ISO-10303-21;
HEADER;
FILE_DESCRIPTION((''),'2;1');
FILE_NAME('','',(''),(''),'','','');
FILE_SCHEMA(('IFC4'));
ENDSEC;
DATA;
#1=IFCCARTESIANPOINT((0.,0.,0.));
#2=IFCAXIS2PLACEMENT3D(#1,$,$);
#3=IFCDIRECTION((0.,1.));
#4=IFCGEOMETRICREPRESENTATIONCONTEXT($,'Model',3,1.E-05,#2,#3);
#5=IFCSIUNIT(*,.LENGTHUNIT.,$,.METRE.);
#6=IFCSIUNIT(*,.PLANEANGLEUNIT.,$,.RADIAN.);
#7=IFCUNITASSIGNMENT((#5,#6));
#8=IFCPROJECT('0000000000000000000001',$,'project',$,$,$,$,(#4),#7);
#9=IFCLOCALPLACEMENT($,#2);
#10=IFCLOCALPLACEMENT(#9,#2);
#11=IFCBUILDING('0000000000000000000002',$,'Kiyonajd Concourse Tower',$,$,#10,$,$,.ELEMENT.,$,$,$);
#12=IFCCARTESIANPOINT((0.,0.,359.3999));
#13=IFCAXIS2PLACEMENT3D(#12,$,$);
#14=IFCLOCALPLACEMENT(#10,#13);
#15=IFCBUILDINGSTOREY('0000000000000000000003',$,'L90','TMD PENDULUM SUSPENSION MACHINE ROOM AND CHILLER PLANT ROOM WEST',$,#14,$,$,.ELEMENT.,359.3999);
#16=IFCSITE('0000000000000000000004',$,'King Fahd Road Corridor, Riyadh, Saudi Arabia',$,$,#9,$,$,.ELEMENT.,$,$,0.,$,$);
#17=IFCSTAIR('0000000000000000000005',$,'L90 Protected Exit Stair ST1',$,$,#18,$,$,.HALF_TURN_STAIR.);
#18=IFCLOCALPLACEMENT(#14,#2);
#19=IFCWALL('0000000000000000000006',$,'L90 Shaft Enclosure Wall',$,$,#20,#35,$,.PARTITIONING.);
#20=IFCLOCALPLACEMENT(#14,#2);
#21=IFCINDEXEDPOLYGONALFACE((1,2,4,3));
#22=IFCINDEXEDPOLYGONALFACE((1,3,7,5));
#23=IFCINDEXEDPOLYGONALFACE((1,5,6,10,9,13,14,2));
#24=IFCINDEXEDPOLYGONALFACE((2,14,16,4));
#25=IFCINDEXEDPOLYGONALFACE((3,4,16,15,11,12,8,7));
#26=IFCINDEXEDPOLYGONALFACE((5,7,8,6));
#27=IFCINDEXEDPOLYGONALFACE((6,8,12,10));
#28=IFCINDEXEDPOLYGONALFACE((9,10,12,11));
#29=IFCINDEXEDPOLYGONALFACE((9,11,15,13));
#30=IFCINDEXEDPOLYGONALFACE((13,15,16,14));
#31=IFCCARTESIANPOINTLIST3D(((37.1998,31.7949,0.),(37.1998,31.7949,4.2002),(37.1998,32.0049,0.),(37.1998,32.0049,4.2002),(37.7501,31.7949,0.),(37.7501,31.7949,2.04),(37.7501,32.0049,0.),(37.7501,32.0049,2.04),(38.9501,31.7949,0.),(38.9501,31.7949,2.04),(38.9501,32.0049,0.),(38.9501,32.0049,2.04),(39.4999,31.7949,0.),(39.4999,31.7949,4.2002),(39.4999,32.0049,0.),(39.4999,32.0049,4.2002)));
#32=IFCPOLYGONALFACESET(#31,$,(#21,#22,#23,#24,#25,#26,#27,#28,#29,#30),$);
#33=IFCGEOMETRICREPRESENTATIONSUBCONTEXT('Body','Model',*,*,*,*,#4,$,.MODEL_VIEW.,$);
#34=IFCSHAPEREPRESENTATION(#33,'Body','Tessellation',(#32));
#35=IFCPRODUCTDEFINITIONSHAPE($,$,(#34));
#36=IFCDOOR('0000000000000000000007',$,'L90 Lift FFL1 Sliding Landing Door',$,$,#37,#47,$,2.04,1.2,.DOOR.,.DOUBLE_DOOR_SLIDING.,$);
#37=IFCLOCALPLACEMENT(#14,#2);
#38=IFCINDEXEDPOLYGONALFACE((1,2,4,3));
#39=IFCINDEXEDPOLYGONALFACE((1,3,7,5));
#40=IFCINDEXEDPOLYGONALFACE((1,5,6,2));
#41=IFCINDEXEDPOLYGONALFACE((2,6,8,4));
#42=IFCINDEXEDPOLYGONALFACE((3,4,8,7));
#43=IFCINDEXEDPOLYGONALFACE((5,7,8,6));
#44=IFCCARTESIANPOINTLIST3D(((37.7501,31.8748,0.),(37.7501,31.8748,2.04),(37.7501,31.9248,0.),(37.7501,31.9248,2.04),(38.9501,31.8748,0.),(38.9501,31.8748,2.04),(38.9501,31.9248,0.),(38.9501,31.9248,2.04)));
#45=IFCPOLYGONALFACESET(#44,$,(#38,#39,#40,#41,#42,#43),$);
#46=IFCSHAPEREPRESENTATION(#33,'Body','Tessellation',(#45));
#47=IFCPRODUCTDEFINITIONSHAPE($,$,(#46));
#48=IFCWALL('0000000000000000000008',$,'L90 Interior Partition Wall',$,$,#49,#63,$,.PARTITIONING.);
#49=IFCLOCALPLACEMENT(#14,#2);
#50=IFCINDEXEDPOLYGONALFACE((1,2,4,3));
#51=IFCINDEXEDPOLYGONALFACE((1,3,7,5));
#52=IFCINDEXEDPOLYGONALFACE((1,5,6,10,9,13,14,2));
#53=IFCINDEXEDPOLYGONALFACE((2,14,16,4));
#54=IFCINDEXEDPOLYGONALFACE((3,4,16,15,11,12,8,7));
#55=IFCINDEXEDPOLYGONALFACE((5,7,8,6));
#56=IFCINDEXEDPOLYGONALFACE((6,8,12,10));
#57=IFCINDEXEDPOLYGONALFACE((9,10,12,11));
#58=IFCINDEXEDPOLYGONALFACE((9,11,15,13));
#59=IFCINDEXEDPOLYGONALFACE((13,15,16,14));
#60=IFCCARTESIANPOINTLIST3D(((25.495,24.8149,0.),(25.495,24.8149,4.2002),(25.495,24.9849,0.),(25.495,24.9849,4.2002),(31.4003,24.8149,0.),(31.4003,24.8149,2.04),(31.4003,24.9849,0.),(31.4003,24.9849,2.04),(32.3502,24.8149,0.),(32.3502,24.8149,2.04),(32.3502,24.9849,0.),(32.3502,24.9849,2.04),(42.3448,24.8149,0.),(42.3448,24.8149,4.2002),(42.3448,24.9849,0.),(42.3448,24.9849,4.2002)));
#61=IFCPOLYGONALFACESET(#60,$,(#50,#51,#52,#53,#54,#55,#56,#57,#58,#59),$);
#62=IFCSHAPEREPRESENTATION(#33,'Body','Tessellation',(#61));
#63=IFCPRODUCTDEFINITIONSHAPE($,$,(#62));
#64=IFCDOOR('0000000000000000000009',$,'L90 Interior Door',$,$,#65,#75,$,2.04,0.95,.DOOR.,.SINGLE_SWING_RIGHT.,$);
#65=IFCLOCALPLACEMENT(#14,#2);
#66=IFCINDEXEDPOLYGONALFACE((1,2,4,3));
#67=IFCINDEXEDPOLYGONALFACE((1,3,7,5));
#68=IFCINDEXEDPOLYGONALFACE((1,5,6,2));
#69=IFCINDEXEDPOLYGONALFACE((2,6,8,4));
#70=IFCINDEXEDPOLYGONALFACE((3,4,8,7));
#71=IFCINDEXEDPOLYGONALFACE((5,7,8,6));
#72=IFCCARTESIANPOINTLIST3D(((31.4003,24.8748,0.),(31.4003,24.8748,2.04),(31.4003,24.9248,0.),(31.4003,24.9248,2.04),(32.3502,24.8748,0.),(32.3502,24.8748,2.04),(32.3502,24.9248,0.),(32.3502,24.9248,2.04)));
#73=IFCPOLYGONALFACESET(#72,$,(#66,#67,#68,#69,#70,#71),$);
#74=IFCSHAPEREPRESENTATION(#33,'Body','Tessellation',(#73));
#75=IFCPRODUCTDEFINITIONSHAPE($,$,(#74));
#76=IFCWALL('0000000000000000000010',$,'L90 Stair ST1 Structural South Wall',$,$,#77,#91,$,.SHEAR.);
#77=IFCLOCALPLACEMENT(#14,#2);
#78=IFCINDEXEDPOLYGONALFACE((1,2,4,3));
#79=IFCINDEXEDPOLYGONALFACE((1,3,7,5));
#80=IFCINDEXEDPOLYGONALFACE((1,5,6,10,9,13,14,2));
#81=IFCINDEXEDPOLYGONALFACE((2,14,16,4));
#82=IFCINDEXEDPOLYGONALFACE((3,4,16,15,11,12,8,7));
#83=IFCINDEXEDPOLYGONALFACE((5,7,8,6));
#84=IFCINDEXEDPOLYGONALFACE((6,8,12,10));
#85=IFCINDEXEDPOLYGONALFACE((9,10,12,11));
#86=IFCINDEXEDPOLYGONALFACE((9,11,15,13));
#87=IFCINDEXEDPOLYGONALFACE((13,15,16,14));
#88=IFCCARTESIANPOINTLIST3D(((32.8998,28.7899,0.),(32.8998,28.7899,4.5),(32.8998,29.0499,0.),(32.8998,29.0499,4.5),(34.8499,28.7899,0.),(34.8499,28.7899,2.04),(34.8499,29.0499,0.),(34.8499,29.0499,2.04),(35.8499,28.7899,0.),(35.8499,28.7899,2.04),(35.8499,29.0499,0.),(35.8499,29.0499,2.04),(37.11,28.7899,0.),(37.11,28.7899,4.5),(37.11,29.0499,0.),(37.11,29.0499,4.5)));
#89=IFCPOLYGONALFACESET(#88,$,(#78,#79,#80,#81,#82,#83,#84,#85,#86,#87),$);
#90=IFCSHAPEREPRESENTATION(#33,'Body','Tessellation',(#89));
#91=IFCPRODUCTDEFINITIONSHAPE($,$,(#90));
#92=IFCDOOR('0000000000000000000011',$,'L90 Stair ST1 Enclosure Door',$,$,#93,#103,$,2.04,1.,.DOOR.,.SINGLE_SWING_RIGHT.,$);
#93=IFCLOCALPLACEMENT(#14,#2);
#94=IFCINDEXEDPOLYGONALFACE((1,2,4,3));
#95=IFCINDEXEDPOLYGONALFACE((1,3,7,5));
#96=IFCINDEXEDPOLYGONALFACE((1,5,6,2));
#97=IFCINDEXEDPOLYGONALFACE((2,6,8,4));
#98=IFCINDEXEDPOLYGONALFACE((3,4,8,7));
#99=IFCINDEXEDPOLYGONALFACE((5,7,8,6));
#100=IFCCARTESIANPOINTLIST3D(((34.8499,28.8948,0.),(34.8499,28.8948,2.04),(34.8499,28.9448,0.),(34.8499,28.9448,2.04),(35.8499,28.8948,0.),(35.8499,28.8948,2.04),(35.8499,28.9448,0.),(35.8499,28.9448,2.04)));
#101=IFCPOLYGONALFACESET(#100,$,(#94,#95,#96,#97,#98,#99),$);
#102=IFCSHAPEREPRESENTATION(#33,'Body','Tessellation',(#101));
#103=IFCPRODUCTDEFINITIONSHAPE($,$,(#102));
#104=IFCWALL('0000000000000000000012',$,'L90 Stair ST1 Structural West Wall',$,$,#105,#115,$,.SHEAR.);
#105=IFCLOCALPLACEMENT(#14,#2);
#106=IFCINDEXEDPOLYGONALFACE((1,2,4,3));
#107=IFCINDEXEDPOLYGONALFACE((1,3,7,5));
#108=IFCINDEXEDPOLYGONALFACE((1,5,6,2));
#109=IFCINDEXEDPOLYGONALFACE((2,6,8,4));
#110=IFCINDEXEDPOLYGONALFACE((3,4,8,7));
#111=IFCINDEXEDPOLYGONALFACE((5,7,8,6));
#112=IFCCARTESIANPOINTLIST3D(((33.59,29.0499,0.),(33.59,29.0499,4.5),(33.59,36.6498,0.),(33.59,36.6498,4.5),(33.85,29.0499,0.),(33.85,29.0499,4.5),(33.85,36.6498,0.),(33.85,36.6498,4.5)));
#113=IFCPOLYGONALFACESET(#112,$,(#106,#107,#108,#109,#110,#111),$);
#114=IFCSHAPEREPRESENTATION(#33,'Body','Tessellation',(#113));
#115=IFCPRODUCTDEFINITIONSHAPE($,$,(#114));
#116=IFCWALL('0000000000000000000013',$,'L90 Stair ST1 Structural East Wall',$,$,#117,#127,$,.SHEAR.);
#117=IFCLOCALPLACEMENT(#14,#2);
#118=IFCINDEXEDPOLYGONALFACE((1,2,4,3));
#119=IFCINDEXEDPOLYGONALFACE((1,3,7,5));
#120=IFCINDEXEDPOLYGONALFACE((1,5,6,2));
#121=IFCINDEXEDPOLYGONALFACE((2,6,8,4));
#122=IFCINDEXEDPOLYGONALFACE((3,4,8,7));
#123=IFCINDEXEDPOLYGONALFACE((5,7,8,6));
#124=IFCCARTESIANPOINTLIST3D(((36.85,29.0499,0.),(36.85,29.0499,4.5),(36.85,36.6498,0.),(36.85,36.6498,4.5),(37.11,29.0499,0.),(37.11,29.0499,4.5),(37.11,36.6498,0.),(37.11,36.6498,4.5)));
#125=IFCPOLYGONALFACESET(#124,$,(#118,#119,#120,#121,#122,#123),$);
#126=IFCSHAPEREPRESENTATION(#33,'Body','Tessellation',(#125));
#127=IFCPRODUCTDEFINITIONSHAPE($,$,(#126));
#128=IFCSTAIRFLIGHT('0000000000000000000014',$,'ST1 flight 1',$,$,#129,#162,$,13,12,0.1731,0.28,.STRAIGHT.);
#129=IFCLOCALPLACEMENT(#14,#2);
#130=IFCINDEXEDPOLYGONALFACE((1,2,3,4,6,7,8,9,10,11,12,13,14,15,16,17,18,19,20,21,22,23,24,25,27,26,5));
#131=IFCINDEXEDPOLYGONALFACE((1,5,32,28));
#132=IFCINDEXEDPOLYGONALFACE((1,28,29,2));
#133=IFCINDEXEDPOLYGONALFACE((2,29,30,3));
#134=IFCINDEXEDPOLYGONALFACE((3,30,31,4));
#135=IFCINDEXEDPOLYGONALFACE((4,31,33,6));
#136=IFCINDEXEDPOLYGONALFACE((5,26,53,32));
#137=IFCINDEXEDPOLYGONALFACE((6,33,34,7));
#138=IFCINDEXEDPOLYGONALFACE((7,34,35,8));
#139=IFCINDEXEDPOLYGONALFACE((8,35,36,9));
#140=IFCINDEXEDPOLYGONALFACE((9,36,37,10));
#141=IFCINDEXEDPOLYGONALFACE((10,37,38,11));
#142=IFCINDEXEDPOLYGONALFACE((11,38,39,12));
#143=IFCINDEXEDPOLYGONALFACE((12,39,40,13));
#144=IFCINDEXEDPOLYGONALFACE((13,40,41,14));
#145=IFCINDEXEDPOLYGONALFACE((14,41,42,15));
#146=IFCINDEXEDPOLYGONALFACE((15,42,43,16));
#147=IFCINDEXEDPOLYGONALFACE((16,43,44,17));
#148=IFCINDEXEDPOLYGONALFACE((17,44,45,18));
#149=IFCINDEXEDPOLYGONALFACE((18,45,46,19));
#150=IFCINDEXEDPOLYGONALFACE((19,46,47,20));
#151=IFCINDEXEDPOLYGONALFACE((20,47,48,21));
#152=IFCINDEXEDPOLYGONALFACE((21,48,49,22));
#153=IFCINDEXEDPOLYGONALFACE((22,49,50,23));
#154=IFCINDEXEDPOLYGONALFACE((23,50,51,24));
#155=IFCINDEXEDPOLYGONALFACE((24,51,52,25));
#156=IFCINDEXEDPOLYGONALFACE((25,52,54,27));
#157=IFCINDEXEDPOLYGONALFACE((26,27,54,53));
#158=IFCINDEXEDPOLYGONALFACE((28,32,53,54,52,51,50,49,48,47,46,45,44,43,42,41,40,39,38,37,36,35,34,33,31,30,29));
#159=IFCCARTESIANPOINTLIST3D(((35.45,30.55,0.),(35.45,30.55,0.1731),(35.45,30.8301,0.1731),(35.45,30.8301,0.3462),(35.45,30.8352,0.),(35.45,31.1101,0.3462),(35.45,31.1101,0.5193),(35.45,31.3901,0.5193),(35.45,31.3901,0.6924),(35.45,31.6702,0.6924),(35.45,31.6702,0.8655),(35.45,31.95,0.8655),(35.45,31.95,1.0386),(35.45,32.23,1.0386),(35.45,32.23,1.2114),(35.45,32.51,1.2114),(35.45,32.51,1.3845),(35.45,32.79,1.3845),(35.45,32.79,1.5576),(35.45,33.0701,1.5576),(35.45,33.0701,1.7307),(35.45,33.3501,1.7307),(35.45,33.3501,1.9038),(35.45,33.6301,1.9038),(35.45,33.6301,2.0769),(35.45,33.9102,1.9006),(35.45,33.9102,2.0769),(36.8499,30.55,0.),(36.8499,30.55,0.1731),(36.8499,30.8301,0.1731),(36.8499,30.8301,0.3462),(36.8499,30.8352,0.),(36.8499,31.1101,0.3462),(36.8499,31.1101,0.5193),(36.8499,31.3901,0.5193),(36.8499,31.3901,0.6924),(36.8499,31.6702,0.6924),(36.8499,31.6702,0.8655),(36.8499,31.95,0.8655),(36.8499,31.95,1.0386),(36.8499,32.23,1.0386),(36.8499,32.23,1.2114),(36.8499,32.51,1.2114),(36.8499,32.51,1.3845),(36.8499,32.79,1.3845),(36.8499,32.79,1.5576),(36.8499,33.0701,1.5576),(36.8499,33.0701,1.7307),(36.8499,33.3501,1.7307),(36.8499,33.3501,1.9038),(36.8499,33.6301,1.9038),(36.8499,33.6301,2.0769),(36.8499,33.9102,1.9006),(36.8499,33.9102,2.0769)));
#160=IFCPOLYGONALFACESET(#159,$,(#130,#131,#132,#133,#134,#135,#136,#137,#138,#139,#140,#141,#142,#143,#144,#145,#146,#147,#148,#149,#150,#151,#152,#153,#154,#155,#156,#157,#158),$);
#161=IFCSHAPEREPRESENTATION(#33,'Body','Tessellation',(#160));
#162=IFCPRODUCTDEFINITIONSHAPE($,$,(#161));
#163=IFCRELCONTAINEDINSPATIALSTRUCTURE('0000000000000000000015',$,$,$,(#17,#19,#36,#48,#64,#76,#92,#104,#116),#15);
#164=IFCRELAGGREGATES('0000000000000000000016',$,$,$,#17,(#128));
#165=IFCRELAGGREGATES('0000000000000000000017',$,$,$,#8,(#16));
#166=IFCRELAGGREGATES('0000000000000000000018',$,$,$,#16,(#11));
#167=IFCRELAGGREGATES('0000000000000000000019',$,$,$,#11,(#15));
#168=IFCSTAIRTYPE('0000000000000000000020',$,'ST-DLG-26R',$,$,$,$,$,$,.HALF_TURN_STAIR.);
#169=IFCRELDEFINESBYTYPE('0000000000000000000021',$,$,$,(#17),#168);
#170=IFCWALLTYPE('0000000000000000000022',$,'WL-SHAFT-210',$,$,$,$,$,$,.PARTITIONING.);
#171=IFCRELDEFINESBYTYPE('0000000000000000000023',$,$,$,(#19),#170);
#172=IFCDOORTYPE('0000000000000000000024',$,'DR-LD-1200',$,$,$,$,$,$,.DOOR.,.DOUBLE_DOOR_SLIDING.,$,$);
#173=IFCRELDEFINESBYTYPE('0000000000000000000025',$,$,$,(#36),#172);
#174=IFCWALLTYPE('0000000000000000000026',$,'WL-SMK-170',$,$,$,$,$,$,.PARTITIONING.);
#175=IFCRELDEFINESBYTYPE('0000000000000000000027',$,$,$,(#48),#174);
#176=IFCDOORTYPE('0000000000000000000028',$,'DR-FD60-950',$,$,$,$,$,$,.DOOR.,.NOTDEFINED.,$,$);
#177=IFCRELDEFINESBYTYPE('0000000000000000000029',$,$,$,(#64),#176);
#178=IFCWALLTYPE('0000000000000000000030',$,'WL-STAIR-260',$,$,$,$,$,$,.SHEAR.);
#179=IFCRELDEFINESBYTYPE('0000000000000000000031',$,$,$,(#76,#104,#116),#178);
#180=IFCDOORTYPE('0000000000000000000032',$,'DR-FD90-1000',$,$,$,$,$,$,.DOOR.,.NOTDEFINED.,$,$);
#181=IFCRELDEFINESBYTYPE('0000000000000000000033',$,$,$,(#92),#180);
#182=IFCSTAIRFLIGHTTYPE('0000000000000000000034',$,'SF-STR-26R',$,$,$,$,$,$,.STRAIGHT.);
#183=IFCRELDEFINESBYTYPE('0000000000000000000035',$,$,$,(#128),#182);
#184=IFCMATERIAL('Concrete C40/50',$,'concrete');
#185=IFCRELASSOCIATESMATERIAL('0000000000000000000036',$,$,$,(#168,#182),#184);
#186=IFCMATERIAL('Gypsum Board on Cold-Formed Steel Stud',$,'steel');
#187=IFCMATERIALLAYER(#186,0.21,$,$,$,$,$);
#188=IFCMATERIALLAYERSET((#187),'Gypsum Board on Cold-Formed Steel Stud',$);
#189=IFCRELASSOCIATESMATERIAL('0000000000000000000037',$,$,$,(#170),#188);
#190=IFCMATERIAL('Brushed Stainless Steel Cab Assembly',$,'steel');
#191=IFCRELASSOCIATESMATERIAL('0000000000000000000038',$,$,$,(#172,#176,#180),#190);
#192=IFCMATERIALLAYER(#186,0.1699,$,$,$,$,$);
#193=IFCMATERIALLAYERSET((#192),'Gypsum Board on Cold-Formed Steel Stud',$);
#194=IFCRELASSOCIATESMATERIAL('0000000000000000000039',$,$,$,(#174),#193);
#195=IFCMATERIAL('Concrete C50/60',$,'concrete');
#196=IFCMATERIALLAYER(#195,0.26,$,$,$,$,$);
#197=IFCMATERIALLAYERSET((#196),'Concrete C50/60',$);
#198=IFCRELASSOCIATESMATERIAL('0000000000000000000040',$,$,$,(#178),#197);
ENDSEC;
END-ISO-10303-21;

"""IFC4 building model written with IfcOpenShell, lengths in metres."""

from ifc_helpers import new_model, si_unit, direction, frame, frame_2d, origin, place, context, subcontext, project, spatial, polyline, rectangle, outline, extrude, material, layer, layer_set, type_object, element, fill, aggregate, save


model = new_model("IFC4")

# Units and contexts
model_context = context("Model", 3, precision=1e-05, world=origin(), true_north=direction((0.0, 1.0)))
body_context = subcontext(model_context, "Body", "Model", "MODEL_VIEW")
ifc_project = project(units=[si_unit("LENGTHUNIT", "METRE"), si_unit("PLANEANGLEUNIT", "RADIAN")], contexts=[model_context])

# Site, building, storey
site_placement = place(None, origin())
site = spatial("IfcSite", under=ifc_project, at=site_placement, Name="King Fahd Road Corridor, Riyadh, Saudi Arabia", CompositionType="ELEMENT", RefElevation=0.0)
building_placement = place(site_placement, origin())
building = spatial("IfcBuilding", under=site, at=building_placement, Name="Kiyonajd Concourse Tower", CompositionType="ELEMENT")
storey_placement = place(building_placement, frame((0.0, 0.0, 359.3999)))
storey = spatial("IfcBuildingStorey", under=building, at=storey_placement, Name="L90", Description="TMD PENDULUM SUSPENSION MACHINE ROOM AND CHILLER PLANT ROOM WEST", CompositionType="ELEMENT", Elevation=359.3999)

# Shared definitions
ifc_material_1 = material(Name="Concrete C50/60", Category="concrete")

# Stair
ifc_material_2 = material(Name="Concrete C40/50", Category="concrete")
stair_type = type_object("IfcStairType", Name="ST-DLG-26R", PredefinedType="HALF_TURN_STAIR", material=ifc_material_2)
stair_1_placement = place(storey_placement, origin())
stair_1 = element("IfcStair", 1, at=stair_1_placement, inside=storey, type_object=stair_type, Name="L90 Protected Exit Stair ST1", PredefinedType="HALF_TURN_STAIR")

# Walls, openings, doors
ifc_material_3 = material(Name="Gypsum Board on Cold-Formed Steel Stud", Category="steel")
ifc_layer_1 = layer(ifc_material_3, 0.21)
ifc_layer_set_1 = layer_set([ifc_layer_1], Name="Gypsum Board on Cold-Formed Steel Stud")
wall_type_1 = type_object("IfcWallType", Name="WL-SHAFT-210", PredefinedType="PARTITIONING", material=ifc_layer_set_1)
wall_1_placement = place(storey_placement, frame((37.2, 31.8999, 0.0), z_axis=(0.0, 0.0, 1.0), x_axis=(1.0, 0.0, 0.0)))
wall_1 = element("IfcWall", 2, at=wall_1_placement, inside=storey, type_object=wall_type_1, Name="L90 Shaft Enclosure Wall", PredefinedType="PARTITIONING", context=body_context, shape_type="SweptSolid", body=[
    extrude(rectangle(XDim=2.3, YDim=0.21, at=frame_2d((1.1499, 0.0))), origin(), (0.0, 0.0, 1.0), 4.2002),
])
opening_1_placement = place(wall_1_placement, frame((0.55, 0.0, 0.0)))
opening_1 = element("IfcOpeningElement", 3, at=opening_1_placement, cuts=wall_1, PredefinedType="OPENING", context=body_context, shape_type="SweptSolid", body=[
    extrude(rectangle(XDim=1.2, YDim=2.04, at=frame_2d((0.6001, 1.02))), frame((0.0, 0.115, 0.0), z_axis=(0.0, -1.0, 0.0), x_axis=(1.0, 0.0, 0.0)), (0.0, 0.0, 1.0), 0.23),
])
ifc_material_4 = material(Name="Brushed Stainless Steel Cab Assembly", Category="steel")
door_type_1 = type_object("IfcDoorType", Name="DR-LD-1200", OperationType="DOUBLE_DOOR_SLIDING", PredefinedType="DOOR", material=ifc_material_4)
door_1_placement = place(opening_1_placement, origin())
door_1 = element("IfcDoor", 4, at=door_1_placement, inside=storey, type_object=door_type_1, Name="L90 Lift FFL1 Sliding Landing Door", OperationType="DOUBLE_DOOR_SLIDING", OverallHeight=2.04, OverallWidth=1.2, PredefinedType="DOOR", context=body_context, shape_type="SweptSolid", body=[
    extrude(rectangle(XDim=1.2, YDim=2.04, at=frame_2d((0.6001, 1.02))), frame((0.0, 0.0249, 0.0), z_axis=(0.0, -1.0, 0.0), x_axis=(1.0, 0.0, 0.0)), (0.0, 0.0, 1.0), 0.05),
])
fill(opening_1, door_1)
ifc_layer_2 = layer(ifc_material_3, 0.1699)
ifc_layer_set_2 = layer_set([ifc_layer_2], Name="Gypsum Board on Cold-Formed Steel Stud")
wall_type_2 = type_object("IfcWallType", Name="WL-SMK-170", PredefinedType="PARTITIONING", material=ifc_layer_set_2)
wall_2_placement = place(storey_placement, frame((25.4951, 24.8999, 0.0), z_axis=(0.0, 0.0, 1.0), x_axis=(1.0, 0.0, 0.0)))
wall_2 = element("IfcWall", 5, at=wall_2_placement, inside=storey, type_object=wall_type_2, Name="L90 Interior Partition Wall", PredefinedType="PARTITIONING", context=body_context, shape_type="SweptSolid", body=[
    extrude(rectangle(XDim=16.8499, YDim=0.1699, at=frame_2d((8.4248, 0.0))), origin(), (0.0, 0.0, 1.0), 4.2002),
])
opening_2_placement = place(wall_2_placement, frame((5.905, 0.0, 0.0)))
opening_2 = element("IfcOpeningElement", 6, at=opening_2_placement, cuts=wall_2, PredefinedType="OPENING", context=body_context, shape_type="SweptSolid", body=[
    extrude(rectangle(XDim=0.95, YDim=2.04, at=frame_2d((0.4751, 1.02))), frame((0.0, 0.095, 0.0), z_axis=(0.0, -1.0, 0.0), x_axis=(1.0, 0.0, 0.0)), (0.0, 0.0, 1.0), 0.1899),
])
door_type_2 = type_object("IfcDoorType", Name="DR-FD60-950", OperationType="NOTDEFINED", PredefinedType="DOOR", material=ifc_material_4)
door_2_placement = place(opening_2_placement, origin())
door_2 = element("IfcDoor", 7, at=door_2_placement, inside=storey, type_object=door_type_2, Name="L90 Interior Door", OperationType="SINGLE_SWING_RIGHT", OverallHeight=2.04, OverallWidth=0.95, PredefinedType="DOOR", context=body_context, shape_type="SweptSolid", body=[
    extrude(rectangle(XDim=0.95, YDim=2.04, at=frame_2d((0.4751, 1.02))), frame((0.0, 0.0249, 0.0), z_axis=(0.0, -1.0, 0.0), x_axis=(1.0, 0.0, 0.0)), (0.0, 0.0, 1.0), 0.05),
])
fill(opening_2, door_2)
ifc_layer_3 = layer(ifc_material_1, 0.26)
ifc_layer_set_3 = layer_set([ifc_layer_3], Name="Concrete C50/60")
wall_type_3 = type_object("IfcWallType", Name="WL-STAIR-260", PredefinedType="SHEAR", material=ifc_layer_set_3)
wall_3_placement = place(storey_placement, frame((32.8999, 28.9199, 0.0), z_axis=(0.0, 0.0, 1.0), x_axis=(1.0, 0.0, 0.0)))
wall_3 = element("IfcWall", 8, at=wall_3_placement, inside=storey, type_object=wall_type_3, Name="L90 Stair ST1 Structural South Wall", PredefinedType="SHEAR", context=body_context, shape_type="SweptSolid", body=[
    extrude(rectangle(XDim=4.2102, YDim=0.26, at=frame_2d((2.105, 0.0))), origin(), (0.0, 0.0, 1.0), 4.5),
])
opening_3_placement = place(wall_3_placement, frame((1.95, 0.0, 0.0)))
opening_3 = element("IfcOpeningElement", 9, at=opening_3_placement, cuts=wall_3, PredefinedType="OPENING", context=body_context, shape_type="SweptSolid", body=[
    extrude(rectangle(XDim=1.0, YDim=2.04, at=frame_2d((0.5, 1.02))), frame((0.0, 0.1399, 0.0), z_axis=(0.0, -1.0, 0.0), x_axis=(1.0, 0.0, 0.0)), (0.0, 0.0, 1.0), 0.28),
])
door_type_3 = type_object("IfcDoorType", Name="DR-FD90-1000", OperationType="NOTDEFINED", PredefinedType="DOOR", material=ifc_material_4)
door_3_placement = place(opening_3_placement, origin())
door_3 = element("IfcDoor", 10, at=door_3_placement, inside=storey, type_object=door_type_3, Name="L90 Stair ST1 Enclosure Door", OperationType="SINGLE_SWING_RIGHT", OverallHeight=2.04, OverallWidth=1.0, PredefinedType="DOOR", context=body_context, shape_type="SweptSolid", body=[
    extrude(rectangle(XDim=1.0, YDim=2.04, at=frame_2d((0.5, 1.02))), frame((0.0, 0.0249, 0.0), z_axis=(0.0, -1.0, 0.0), x_axis=(1.0, 0.0, 0.0)), (0.0, 0.0, 1.0), 0.05),
])
fill(opening_3, door_3)

# Walls
for number, where, z_axis, x_axis, name in (
    (11, (33.72, 29.05, 0.0), (0.0, 0.0, 1.0), (0.0, 1.0, 0.0), "L90 Stair ST1 Structural West Wall"),
    (12, (36.98, 29.05, 0.0), (0.0, 0.0, 1.0), (0.0, 1.0, 0.0), "L90 Stair ST1 Structural East Wall"),
):
    element("IfcWall", number, at=place(storey_placement, frame(where, z_axis=z_axis, x_axis=x_axis)), inside=storey, type_object=wall_type_3, Name=name, PredefinedType="SHEAR", context=body_context, shape_type="SweptSolid", body=[
        extrude(rectangle(XDim=7.5999, YDim=0.26, at=frame_2d((3.7998, 0.0))), origin(), (0.0, 0.0, 1.0), 4.5),
    ])

# Stair flight
stair_flight_type = type_object("IfcStairFlightType", Name="SF-STR-26R", PredefinedType="STRAIGHT", material=ifc_material_2)
stair_flight_1_placement = place(storey_placement, frame((36.1499, 30.55, 0.0), z_axis=(0.0, 0.0, 1.0), x_axis=(0.0, 1.0, 0.0)))
stair_flight_1 = element("IfcStairFlight", 13, at=stair_flight_1_placement, type_object=stair_flight_type, Name="ST1 flight 1", NumberOfRisers=13, NumberOfTreads=12, PredefinedType="STRAIGHT", RiserHeight=0.1731, TreadLength=0.28, context=body_context, shape_type="SweptSolid", body=[
    extrude(outline(polyline([(0.0, 0.0), (0.0, 0.1731), (0.28, 0.1731), (0.28, 0.3462), (0.5601, 0.3462), (0.5601, 0.5193), (0.8401, 0.5193), (0.8401, 0.6924), (1.1201, 0.6924), (1.1201, 0.8655), (1.3999, 0.8655), (1.3999, 1.0386), (1.6799, 1.0386), (1.6799, 1.2114), (1.96, 1.2114), (1.96, 1.3845), (2.24, 1.3845), (2.24, 1.5576), (2.52, 1.5576), (2.52, 1.7307), (2.8, 1.7307), (2.8, 1.9038), (3.0801, 1.9038), (3.0801, 2.0769), (3.3601, 2.0769), (3.3601, 2.25), (3.3601, 1.9006), (0.2852, 0.0), (0.0, 0.0)])), frame((0.0, 0.7, 0.0), z_axis=(0.0, -1.0, 0.0), x_axis=(1.0, 0.0, 0.0)), (0.0, 0.0, 1.0), 1.3999),
])
aggregate(stair_1, [stair_flight_1])

save(model, "model.ifc")
